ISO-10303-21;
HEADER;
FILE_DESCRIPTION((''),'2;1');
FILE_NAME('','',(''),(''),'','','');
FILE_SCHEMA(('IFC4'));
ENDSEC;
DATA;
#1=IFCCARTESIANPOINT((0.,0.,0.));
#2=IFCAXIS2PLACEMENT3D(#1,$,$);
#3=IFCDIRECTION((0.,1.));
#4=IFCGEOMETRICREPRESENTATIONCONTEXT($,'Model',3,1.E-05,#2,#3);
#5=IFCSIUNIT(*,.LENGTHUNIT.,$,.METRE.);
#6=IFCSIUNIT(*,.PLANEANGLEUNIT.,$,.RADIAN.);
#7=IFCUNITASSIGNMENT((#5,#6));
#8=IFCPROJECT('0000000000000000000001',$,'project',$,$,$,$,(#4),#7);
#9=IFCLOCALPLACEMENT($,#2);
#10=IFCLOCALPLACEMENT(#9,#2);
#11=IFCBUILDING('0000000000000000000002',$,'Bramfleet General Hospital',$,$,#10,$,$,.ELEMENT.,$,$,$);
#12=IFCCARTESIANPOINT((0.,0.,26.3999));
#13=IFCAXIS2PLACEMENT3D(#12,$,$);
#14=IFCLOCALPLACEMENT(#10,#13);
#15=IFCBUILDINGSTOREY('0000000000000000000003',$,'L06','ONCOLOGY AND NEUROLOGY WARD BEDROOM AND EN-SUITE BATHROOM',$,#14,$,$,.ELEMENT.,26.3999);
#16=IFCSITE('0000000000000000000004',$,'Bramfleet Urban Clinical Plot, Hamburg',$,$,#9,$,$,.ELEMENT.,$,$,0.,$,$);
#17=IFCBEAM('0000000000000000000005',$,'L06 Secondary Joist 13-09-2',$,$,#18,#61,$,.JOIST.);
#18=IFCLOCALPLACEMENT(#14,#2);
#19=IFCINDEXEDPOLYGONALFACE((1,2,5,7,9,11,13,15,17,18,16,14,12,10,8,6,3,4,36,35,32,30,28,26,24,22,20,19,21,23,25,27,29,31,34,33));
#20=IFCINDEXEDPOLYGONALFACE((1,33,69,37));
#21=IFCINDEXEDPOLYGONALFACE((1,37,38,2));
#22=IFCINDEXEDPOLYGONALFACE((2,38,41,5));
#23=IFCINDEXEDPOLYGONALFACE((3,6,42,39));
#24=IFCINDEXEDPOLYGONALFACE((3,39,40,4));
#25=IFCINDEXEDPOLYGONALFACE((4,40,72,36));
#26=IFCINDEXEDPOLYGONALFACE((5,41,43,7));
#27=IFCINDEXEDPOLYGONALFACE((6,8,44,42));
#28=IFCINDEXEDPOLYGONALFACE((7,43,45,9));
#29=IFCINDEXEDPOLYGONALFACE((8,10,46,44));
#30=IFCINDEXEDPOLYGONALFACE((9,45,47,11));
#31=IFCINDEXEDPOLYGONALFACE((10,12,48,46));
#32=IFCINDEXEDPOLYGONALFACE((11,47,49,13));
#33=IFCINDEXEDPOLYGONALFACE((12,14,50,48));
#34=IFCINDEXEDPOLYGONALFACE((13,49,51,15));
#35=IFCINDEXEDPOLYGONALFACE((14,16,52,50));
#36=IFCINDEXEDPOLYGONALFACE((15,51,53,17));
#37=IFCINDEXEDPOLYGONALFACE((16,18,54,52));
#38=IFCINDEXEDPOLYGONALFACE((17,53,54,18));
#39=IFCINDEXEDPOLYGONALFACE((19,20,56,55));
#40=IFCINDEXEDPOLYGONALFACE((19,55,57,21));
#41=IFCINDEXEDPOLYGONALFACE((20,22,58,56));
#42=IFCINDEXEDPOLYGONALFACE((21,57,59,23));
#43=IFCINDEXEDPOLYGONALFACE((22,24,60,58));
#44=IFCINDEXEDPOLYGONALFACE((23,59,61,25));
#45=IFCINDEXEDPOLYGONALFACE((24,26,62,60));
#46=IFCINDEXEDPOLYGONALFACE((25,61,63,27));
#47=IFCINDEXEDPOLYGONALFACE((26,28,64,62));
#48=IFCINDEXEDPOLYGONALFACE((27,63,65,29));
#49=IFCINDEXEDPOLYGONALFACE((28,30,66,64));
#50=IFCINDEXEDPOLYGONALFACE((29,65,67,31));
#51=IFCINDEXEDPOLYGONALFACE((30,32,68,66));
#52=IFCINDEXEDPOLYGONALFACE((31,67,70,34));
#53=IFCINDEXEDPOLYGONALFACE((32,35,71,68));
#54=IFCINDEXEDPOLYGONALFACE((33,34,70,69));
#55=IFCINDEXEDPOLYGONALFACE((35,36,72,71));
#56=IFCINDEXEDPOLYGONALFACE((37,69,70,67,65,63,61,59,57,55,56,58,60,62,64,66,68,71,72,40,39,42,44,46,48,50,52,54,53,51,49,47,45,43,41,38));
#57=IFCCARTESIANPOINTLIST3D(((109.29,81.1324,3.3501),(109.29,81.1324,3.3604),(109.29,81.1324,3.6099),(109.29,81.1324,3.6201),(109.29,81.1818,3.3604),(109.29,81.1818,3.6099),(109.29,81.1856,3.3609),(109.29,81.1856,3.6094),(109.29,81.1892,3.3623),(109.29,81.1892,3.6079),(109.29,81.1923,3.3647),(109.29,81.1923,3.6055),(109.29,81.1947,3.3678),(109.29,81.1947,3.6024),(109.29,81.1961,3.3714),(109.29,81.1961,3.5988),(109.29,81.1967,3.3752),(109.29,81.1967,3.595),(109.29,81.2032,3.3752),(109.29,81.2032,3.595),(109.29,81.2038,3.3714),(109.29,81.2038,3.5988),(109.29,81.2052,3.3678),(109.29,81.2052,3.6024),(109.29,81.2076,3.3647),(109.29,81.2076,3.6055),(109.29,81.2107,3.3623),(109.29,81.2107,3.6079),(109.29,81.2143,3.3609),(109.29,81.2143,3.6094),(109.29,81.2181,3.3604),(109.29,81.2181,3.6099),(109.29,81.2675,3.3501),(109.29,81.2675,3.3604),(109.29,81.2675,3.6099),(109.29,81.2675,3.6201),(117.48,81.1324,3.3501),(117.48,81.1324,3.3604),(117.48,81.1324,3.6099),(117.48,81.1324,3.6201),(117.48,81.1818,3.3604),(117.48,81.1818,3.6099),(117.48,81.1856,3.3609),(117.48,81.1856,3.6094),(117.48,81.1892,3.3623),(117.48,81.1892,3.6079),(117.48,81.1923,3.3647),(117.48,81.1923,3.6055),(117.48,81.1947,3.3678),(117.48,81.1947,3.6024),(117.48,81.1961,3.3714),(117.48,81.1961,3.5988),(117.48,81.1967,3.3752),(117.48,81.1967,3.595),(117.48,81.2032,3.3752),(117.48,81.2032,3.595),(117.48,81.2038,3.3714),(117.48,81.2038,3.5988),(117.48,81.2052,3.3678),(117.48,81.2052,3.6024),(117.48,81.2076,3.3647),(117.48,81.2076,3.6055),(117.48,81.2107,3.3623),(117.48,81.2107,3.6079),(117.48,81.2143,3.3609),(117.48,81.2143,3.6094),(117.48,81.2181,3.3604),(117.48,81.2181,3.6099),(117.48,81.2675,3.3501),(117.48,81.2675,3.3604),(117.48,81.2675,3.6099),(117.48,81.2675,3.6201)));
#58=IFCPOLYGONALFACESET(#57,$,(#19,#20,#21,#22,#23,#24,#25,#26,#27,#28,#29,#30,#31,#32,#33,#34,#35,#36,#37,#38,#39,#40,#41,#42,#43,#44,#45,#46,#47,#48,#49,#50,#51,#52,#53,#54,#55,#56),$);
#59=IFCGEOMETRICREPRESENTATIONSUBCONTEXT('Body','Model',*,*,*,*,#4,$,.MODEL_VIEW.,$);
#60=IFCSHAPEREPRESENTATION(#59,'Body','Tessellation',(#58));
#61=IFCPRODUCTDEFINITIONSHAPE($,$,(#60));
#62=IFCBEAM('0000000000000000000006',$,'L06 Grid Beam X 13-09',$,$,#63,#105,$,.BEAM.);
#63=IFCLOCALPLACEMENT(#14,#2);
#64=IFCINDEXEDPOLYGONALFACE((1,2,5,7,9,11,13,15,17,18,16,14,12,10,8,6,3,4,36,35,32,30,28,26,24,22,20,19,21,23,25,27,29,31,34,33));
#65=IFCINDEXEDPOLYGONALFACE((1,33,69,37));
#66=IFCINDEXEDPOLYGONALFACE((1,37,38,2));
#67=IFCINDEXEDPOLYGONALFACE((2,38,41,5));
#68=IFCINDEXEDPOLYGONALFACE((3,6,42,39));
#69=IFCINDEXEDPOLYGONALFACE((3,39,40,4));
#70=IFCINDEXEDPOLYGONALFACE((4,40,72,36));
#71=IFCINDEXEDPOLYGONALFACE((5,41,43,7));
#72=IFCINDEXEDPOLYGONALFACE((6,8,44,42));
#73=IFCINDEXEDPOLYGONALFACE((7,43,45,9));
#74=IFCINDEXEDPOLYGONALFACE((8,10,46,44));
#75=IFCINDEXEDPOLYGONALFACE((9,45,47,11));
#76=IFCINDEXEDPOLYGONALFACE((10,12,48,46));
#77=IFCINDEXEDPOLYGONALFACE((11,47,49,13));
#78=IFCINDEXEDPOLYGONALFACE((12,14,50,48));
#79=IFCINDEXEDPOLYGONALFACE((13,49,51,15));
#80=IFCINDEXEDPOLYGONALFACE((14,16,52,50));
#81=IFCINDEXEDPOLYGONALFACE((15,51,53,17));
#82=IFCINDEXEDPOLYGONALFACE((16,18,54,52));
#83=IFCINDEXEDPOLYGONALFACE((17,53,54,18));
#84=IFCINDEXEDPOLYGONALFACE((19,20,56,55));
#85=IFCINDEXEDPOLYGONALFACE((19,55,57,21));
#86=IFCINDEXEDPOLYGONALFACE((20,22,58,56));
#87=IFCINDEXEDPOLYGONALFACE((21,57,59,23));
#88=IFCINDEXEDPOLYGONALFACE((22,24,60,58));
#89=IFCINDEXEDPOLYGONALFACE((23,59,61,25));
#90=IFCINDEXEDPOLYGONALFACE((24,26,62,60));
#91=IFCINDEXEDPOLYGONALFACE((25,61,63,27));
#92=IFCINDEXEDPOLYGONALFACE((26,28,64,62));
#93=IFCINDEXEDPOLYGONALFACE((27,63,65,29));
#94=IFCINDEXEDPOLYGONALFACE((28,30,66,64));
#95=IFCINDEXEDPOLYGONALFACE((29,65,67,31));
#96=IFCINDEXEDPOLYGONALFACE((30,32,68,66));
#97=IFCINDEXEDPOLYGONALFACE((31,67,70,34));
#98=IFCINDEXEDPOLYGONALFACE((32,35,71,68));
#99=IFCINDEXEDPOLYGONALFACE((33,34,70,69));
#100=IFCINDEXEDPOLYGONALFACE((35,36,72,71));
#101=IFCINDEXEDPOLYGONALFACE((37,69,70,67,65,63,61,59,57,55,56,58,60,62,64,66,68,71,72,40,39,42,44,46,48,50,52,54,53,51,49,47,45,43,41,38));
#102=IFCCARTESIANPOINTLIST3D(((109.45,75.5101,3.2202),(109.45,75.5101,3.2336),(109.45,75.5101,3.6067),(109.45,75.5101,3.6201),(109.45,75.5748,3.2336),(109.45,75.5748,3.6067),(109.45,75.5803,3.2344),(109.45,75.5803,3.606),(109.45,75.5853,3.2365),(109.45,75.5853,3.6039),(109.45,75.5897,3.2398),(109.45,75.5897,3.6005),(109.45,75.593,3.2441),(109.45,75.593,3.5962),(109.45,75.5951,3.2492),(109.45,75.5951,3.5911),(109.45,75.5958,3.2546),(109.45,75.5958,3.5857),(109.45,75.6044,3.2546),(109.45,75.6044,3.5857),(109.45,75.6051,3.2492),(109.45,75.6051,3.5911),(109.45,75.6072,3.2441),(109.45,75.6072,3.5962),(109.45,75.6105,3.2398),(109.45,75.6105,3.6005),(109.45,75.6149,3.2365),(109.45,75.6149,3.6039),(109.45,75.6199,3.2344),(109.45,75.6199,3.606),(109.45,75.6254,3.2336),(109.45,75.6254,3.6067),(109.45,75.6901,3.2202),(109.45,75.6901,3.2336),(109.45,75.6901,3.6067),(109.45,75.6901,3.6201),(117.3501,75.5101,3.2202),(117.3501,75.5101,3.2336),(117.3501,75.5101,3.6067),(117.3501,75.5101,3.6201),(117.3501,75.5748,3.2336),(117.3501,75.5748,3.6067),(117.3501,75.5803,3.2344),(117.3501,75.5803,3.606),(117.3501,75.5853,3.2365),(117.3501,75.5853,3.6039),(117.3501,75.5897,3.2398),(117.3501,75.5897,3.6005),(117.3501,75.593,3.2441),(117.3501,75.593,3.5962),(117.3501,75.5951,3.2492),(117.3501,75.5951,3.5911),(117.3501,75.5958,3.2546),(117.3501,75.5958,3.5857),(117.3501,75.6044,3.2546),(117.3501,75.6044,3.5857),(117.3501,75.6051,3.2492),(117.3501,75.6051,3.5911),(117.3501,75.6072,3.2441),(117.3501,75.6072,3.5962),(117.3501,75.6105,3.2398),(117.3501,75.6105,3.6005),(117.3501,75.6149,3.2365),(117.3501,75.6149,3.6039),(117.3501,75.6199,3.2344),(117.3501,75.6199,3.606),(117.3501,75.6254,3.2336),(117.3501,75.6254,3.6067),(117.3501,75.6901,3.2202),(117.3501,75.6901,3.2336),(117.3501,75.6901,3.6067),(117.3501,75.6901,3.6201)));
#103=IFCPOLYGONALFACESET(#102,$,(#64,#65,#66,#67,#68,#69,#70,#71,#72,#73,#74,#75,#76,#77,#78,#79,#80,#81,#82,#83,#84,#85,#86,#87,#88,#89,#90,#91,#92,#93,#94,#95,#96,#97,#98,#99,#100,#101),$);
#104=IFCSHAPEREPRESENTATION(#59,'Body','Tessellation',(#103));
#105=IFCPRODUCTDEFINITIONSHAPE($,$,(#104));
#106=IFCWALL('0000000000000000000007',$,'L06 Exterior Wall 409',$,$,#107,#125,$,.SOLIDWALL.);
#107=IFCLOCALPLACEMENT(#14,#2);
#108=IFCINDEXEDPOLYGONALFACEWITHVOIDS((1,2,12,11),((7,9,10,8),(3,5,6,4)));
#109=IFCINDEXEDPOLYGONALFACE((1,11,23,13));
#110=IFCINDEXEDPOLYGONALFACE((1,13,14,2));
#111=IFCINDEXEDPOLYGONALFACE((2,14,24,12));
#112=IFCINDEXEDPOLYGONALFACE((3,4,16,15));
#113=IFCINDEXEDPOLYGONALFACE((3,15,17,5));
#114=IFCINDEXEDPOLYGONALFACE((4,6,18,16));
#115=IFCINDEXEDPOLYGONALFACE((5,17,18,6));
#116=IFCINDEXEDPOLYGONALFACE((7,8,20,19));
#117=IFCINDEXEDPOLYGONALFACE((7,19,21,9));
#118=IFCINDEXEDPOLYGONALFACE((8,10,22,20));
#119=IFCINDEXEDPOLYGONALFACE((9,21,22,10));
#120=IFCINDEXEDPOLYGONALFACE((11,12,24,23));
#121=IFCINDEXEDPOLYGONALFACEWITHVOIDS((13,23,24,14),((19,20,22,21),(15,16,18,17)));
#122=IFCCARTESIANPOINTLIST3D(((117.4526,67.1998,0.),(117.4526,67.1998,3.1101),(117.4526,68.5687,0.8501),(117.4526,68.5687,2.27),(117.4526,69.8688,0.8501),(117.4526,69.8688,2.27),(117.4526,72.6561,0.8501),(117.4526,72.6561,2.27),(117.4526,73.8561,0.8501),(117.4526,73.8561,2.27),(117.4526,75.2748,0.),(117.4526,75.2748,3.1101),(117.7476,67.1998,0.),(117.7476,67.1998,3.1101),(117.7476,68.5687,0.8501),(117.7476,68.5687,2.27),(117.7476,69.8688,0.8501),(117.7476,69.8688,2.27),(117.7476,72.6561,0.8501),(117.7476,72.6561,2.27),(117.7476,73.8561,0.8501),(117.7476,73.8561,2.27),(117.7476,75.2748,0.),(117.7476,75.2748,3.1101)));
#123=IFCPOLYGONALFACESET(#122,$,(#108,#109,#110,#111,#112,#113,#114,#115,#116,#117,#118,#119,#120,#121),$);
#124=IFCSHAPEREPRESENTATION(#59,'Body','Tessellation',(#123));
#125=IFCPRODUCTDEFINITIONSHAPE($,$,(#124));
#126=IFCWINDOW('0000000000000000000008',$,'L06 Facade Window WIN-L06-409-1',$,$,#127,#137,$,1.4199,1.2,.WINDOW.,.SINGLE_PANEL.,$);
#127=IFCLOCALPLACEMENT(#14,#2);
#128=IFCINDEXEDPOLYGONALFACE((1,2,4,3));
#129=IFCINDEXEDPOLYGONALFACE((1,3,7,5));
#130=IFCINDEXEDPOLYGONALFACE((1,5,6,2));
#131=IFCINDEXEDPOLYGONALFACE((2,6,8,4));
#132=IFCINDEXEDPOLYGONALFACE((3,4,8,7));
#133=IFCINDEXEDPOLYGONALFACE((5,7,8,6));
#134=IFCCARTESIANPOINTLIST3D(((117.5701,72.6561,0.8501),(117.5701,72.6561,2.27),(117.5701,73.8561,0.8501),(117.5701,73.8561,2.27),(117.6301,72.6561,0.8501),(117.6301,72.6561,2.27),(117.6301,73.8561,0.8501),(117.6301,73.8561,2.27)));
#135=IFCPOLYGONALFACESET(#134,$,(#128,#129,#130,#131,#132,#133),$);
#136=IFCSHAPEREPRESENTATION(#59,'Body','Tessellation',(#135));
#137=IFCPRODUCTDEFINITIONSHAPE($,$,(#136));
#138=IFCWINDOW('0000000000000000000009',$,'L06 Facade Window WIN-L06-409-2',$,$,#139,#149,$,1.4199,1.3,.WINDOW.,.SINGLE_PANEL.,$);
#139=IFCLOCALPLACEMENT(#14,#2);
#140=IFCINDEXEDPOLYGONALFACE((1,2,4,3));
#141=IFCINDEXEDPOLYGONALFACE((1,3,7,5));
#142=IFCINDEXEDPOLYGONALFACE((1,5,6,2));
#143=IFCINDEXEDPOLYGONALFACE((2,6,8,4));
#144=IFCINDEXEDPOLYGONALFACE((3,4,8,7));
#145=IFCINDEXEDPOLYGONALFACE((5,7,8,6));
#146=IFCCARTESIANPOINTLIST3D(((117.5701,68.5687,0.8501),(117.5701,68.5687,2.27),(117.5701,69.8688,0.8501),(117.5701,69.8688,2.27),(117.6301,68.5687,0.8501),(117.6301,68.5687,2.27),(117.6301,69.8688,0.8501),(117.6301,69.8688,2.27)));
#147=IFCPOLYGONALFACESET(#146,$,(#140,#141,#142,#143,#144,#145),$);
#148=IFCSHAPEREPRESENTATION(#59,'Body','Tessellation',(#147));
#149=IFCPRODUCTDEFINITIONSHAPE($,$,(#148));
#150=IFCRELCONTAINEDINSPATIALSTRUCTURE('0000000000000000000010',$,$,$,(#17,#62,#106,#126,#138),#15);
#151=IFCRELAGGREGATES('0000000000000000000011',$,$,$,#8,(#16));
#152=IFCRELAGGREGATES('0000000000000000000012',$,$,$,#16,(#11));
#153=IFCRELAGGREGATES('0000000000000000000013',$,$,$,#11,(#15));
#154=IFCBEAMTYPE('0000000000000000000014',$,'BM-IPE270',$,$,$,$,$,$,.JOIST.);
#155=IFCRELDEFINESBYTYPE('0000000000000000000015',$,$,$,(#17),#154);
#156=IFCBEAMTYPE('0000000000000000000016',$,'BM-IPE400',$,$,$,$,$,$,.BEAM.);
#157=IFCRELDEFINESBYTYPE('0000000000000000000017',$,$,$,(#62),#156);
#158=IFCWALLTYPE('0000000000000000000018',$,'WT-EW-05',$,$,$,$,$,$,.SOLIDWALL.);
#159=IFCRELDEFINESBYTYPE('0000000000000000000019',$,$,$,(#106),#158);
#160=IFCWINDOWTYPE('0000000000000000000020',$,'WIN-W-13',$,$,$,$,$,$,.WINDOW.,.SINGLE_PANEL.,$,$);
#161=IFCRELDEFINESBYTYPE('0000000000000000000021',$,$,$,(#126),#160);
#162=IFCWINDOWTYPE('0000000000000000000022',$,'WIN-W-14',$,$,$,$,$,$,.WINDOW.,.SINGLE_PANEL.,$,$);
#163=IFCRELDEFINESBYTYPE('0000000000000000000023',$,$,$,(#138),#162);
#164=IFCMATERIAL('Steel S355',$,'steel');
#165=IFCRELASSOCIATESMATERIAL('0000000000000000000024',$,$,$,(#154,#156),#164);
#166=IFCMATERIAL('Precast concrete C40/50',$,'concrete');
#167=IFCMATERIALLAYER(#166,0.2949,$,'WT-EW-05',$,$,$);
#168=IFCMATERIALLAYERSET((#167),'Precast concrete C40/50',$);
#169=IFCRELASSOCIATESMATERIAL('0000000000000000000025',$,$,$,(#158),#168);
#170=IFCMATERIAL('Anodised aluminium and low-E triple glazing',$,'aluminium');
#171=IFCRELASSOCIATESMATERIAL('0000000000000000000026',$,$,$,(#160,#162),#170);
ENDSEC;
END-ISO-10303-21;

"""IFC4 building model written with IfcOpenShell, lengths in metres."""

from ifc_helpers import new_model, si_unit, direction, frame, frame_2d, origin, origin_2d, place, context, subcontext, project, spatial, rectangle, i_section, extrude, material, layer, layer_set, material_profile, profile_set, type_object, element, fill, save


model = new_model("IFC4")

# Units and contexts
model_context = context("Model", 3, precision=1e-05, world=origin(), true_north=direction((0.0, 1.0)))
body_context = subcontext(model_context, "Body", "Model", "MODEL_VIEW")
ifc_project = project(units=[si_unit("LENGTHUNIT", "METRE"), si_unit("PLANEANGLEUNIT", "RADIAN")], contexts=[model_context])

# Site, building, storey
site_placement = place(None, origin())
site = spatial("IfcSite", under=ifc_project, at=site_placement, Name="Bramfleet Urban Clinical Plot, Hamburg", CompositionType="ELEMENT", RefElevation=0.0)
building_placement = place(site_placement, origin())
building = spatial("IfcBuilding", under=site, at=building_placement, Name="Bramfleet General Hospital", CompositionType="ELEMENT")
storey_placement = place(building_placement, frame((0.0, 0.0, 26.3999)))
storey = spatial("IfcBuildingStorey", under=building, at=storey_placement, Name="L06", Description="ONCOLOGY AND NEUROLOGY WARD BEDROOM AND EN-SUITE BATHROOM", CompositionType="ELEMENT", Elevation=26.3999)

# Beams
ifc_material_1 = material(Name="Steel S355", Category="steel")
ifc_material_profile_1 = material_profile(ifc_material_1, i_section(OverallWidth=0.135, OverallDepth=0.27, WebThickness=0.0066, FlangeThickness=0.0103, FilletRadius=0.0149, at=origin_2d()), Name="IPE 270")
ifc_profile_set_1 = profile_set([ifc_material_profile_1], Name="Steel S355")
beam_type_1 = type_object("IfcBeamType", Name="BM-IPE270", PredefinedType="JOIST", material=ifc_profile_set_1)
for number, where, z_axis, x_axis, name in (
    (1, (109.29, 81.2, 3.4851), (1.0, 0.0, 0.0), (0.0, 1.0, 0.0), "L06 Secondary Joist 13-09-2"),
):
    element("IfcBeam", number, at=place(storey_placement, frame(where, z_axis=z_axis, x_axis=x_axis)), inside=storey, type_object=beam_type_1, Name=name, PredefinedType="JOIST", context=body_context, shape_type="SweptSolid", body=[
        extrude(i_section(OverallWidth=0.135, OverallDepth=0.27, WebThickness=0.0066, FlangeThickness=0.0103, FilletRadius=0.0149, at=origin_2d()), origin(), (0.0, 0.0, 1.0), 8.1899),
    ])
ifc_material_profile_2 = material_profile(ifc_material_1, i_section(OverallWidth=0.1799, OverallDepth=0.3999, WebThickness=0.0085, FlangeThickness=0.0134, FilletRadius=0.021, at=origin_2d()), Name="IPE 400")
ifc_profile_set_2 = profile_set([ifc_material_profile_2], Name="Steel S355")
beam_type_2 = type_object("IfcBeamType", Name="BM-IPE400", PredefinedType="BEAM", material=ifc_profile_set_2)
beam_1_placement = place(storey_placement, frame((109.45, 75.6001, 3.4202), z_axis=(1.0, 0.0, 0.0), x_axis=(0.0, 1.0, 0.0)))
element("IfcBeam", 2, at=beam_1_placement, inside=storey, type_object=beam_type_2, Name="L06 Grid Beam X 13-09", PredefinedType="BEAM", context=body_context, shape_type="SweptSolid", body=[
    extrude(i_section(OverallWidth=0.1799, OverallDepth=0.3999, WebThickness=0.0085, FlangeThickness=0.0134, FilletRadius=0.021, at=origin_2d()), origin(), (0.0, 0.0, 1.0), 7.9001),
])

# Wall, openings, windows
ifc_material_2 = material(Name="Precast concrete C40/50", Category="concrete")
ifc_layer_1 = layer(ifc_material_2, 0.2949, Name="WT-EW-05")
ifc_layer_set_1 = layer_set([ifc_layer_1], Name="Precast concrete C40/50")
wall_type_1 = type_object("IfcWallType", Name="WT-EW-05", PredefinedType="SOLIDWALL", material=ifc_layer_set_1)
wall_1_placement = place(storey_placement, frame((117.6001, 75.2749, 0.0), z_axis=(0.0, 0.0, 1.0), x_axis=(0.0, -1.0, 0.0)))
wall_1 = element("IfcWall", 3, at=wall_1_placement, inside=storey, type_object=wall_type_1, Name="L06 Exterior Wall 409", PredefinedType="SOLIDWALL", context=body_context, shape_type="SweptSolid", body=[
    extrude(rectangle(XDim=8.075, YDim=0.2949, at=frame_2d((4.0376, 0.0))), origin(), (0.0, 0.0, 1.0), 3.1101),
])
opening_1_placement = place(wall_1_placement, frame((1.4187, 0.0, 0.8501)))
opening_1 = element("IfcOpeningElement", 4, at=opening_1_placement, cuts=wall_1, PredefinedType="OPENING", context=body_context, shape_type="SweptSolid", body=[
    extrude(rectangle(XDim=1.2, YDim=1.4199, at=frame_2d((0.6001, 0.71))), frame((0.0, 0.1575, 0.0), z_axis=(0.0, -1.0, 0.0), x_axis=(1.0, 0.0, 0.0)), (0.0, 0.0, 1.0), 0.3149),
])
opening_2_placement = place(wall_1_placement, frame((5.4062, 0.0, 0.8501)))
opening_2 = element("IfcOpeningElement", 5, at=opening_2_placement, cuts=wall_1, PredefinedType="OPENING", context=body_context, shape_type="SweptSolid", body=[
    extrude(rectangle(XDim=1.3, YDim=1.4199, at=frame_2d((0.6499, 0.71))), frame((0.0, 0.1575, 0.0), z_axis=(0.0, -1.0, 0.0), x_axis=(1.0, 0.0, 0.0)), (0.0, 0.0, 1.0), 0.3149),
])
ifc_material_3 = material(Name="Anodised aluminium and low-E triple glazing", Category="aluminium")
window_type_1 = type_object("IfcWindowType", Name="WIN-W-13", PartitioningType="SINGLE_PANEL", PredefinedType="WINDOW", material=ifc_material_3)
window_1_placement = place(opening_1_placement, origin())
window_1 = element("IfcWindow", 6, at=window_1_placement, inside=storey, type_object=window_type_1, Name="L06 Facade Window WIN-L06-409-1", OverallHeight=1.4199, OverallWidth=1.2, PartitioningType="SINGLE_PANEL", PredefinedType="WINDOW", context=body_context, shape_type="SweptSolid", body=[
    extrude(rectangle(XDim=1.2, YDim=1.4199, at=frame_2d((0.6001, 0.71))), frame((0.0, 0.03, 0.0), z_axis=(0.0, -1.0, 0.0), x_axis=(1.0, 0.0, 0.0)), (0.0, 0.0, 1.0), 0.0601),
])
fill(opening_1, window_1)
window_type_2 = type_object("IfcWindowType", Name="WIN-W-14", PartitioningType="SINGLE_PANEL", PredefinedType="WINDOW", material=ifc_material_3)
window_2_placement = place(opening_2_placement, origin())
window_2 = element("IfcWindow", 7, at=window_2_placement, inside=storey, type_object=window_type_2, Name="L06 Facade Window WIN-L06-409-2", OverallHeight=1.4199, OverallWidth=1.3, PartitioningType="SINGLE_PANEL", PredefinedType="WINDOW", context=body_context, shape_type="SweptSolid", body=[
    extrude(rectangle(XDim=1.3, YDim=1.4199, at=frame_2d((0.6499, 0.71))), frame((0.0, 0.03, 0.0), z_axis=(0.0, -1.0, 0.0), x_axis=(1.0, 0.0, 0.0)), (0.0, 0.0, 1.0), 0.0601),
])
fill(opening_2, window_2)

save(model, "model.ifc")
